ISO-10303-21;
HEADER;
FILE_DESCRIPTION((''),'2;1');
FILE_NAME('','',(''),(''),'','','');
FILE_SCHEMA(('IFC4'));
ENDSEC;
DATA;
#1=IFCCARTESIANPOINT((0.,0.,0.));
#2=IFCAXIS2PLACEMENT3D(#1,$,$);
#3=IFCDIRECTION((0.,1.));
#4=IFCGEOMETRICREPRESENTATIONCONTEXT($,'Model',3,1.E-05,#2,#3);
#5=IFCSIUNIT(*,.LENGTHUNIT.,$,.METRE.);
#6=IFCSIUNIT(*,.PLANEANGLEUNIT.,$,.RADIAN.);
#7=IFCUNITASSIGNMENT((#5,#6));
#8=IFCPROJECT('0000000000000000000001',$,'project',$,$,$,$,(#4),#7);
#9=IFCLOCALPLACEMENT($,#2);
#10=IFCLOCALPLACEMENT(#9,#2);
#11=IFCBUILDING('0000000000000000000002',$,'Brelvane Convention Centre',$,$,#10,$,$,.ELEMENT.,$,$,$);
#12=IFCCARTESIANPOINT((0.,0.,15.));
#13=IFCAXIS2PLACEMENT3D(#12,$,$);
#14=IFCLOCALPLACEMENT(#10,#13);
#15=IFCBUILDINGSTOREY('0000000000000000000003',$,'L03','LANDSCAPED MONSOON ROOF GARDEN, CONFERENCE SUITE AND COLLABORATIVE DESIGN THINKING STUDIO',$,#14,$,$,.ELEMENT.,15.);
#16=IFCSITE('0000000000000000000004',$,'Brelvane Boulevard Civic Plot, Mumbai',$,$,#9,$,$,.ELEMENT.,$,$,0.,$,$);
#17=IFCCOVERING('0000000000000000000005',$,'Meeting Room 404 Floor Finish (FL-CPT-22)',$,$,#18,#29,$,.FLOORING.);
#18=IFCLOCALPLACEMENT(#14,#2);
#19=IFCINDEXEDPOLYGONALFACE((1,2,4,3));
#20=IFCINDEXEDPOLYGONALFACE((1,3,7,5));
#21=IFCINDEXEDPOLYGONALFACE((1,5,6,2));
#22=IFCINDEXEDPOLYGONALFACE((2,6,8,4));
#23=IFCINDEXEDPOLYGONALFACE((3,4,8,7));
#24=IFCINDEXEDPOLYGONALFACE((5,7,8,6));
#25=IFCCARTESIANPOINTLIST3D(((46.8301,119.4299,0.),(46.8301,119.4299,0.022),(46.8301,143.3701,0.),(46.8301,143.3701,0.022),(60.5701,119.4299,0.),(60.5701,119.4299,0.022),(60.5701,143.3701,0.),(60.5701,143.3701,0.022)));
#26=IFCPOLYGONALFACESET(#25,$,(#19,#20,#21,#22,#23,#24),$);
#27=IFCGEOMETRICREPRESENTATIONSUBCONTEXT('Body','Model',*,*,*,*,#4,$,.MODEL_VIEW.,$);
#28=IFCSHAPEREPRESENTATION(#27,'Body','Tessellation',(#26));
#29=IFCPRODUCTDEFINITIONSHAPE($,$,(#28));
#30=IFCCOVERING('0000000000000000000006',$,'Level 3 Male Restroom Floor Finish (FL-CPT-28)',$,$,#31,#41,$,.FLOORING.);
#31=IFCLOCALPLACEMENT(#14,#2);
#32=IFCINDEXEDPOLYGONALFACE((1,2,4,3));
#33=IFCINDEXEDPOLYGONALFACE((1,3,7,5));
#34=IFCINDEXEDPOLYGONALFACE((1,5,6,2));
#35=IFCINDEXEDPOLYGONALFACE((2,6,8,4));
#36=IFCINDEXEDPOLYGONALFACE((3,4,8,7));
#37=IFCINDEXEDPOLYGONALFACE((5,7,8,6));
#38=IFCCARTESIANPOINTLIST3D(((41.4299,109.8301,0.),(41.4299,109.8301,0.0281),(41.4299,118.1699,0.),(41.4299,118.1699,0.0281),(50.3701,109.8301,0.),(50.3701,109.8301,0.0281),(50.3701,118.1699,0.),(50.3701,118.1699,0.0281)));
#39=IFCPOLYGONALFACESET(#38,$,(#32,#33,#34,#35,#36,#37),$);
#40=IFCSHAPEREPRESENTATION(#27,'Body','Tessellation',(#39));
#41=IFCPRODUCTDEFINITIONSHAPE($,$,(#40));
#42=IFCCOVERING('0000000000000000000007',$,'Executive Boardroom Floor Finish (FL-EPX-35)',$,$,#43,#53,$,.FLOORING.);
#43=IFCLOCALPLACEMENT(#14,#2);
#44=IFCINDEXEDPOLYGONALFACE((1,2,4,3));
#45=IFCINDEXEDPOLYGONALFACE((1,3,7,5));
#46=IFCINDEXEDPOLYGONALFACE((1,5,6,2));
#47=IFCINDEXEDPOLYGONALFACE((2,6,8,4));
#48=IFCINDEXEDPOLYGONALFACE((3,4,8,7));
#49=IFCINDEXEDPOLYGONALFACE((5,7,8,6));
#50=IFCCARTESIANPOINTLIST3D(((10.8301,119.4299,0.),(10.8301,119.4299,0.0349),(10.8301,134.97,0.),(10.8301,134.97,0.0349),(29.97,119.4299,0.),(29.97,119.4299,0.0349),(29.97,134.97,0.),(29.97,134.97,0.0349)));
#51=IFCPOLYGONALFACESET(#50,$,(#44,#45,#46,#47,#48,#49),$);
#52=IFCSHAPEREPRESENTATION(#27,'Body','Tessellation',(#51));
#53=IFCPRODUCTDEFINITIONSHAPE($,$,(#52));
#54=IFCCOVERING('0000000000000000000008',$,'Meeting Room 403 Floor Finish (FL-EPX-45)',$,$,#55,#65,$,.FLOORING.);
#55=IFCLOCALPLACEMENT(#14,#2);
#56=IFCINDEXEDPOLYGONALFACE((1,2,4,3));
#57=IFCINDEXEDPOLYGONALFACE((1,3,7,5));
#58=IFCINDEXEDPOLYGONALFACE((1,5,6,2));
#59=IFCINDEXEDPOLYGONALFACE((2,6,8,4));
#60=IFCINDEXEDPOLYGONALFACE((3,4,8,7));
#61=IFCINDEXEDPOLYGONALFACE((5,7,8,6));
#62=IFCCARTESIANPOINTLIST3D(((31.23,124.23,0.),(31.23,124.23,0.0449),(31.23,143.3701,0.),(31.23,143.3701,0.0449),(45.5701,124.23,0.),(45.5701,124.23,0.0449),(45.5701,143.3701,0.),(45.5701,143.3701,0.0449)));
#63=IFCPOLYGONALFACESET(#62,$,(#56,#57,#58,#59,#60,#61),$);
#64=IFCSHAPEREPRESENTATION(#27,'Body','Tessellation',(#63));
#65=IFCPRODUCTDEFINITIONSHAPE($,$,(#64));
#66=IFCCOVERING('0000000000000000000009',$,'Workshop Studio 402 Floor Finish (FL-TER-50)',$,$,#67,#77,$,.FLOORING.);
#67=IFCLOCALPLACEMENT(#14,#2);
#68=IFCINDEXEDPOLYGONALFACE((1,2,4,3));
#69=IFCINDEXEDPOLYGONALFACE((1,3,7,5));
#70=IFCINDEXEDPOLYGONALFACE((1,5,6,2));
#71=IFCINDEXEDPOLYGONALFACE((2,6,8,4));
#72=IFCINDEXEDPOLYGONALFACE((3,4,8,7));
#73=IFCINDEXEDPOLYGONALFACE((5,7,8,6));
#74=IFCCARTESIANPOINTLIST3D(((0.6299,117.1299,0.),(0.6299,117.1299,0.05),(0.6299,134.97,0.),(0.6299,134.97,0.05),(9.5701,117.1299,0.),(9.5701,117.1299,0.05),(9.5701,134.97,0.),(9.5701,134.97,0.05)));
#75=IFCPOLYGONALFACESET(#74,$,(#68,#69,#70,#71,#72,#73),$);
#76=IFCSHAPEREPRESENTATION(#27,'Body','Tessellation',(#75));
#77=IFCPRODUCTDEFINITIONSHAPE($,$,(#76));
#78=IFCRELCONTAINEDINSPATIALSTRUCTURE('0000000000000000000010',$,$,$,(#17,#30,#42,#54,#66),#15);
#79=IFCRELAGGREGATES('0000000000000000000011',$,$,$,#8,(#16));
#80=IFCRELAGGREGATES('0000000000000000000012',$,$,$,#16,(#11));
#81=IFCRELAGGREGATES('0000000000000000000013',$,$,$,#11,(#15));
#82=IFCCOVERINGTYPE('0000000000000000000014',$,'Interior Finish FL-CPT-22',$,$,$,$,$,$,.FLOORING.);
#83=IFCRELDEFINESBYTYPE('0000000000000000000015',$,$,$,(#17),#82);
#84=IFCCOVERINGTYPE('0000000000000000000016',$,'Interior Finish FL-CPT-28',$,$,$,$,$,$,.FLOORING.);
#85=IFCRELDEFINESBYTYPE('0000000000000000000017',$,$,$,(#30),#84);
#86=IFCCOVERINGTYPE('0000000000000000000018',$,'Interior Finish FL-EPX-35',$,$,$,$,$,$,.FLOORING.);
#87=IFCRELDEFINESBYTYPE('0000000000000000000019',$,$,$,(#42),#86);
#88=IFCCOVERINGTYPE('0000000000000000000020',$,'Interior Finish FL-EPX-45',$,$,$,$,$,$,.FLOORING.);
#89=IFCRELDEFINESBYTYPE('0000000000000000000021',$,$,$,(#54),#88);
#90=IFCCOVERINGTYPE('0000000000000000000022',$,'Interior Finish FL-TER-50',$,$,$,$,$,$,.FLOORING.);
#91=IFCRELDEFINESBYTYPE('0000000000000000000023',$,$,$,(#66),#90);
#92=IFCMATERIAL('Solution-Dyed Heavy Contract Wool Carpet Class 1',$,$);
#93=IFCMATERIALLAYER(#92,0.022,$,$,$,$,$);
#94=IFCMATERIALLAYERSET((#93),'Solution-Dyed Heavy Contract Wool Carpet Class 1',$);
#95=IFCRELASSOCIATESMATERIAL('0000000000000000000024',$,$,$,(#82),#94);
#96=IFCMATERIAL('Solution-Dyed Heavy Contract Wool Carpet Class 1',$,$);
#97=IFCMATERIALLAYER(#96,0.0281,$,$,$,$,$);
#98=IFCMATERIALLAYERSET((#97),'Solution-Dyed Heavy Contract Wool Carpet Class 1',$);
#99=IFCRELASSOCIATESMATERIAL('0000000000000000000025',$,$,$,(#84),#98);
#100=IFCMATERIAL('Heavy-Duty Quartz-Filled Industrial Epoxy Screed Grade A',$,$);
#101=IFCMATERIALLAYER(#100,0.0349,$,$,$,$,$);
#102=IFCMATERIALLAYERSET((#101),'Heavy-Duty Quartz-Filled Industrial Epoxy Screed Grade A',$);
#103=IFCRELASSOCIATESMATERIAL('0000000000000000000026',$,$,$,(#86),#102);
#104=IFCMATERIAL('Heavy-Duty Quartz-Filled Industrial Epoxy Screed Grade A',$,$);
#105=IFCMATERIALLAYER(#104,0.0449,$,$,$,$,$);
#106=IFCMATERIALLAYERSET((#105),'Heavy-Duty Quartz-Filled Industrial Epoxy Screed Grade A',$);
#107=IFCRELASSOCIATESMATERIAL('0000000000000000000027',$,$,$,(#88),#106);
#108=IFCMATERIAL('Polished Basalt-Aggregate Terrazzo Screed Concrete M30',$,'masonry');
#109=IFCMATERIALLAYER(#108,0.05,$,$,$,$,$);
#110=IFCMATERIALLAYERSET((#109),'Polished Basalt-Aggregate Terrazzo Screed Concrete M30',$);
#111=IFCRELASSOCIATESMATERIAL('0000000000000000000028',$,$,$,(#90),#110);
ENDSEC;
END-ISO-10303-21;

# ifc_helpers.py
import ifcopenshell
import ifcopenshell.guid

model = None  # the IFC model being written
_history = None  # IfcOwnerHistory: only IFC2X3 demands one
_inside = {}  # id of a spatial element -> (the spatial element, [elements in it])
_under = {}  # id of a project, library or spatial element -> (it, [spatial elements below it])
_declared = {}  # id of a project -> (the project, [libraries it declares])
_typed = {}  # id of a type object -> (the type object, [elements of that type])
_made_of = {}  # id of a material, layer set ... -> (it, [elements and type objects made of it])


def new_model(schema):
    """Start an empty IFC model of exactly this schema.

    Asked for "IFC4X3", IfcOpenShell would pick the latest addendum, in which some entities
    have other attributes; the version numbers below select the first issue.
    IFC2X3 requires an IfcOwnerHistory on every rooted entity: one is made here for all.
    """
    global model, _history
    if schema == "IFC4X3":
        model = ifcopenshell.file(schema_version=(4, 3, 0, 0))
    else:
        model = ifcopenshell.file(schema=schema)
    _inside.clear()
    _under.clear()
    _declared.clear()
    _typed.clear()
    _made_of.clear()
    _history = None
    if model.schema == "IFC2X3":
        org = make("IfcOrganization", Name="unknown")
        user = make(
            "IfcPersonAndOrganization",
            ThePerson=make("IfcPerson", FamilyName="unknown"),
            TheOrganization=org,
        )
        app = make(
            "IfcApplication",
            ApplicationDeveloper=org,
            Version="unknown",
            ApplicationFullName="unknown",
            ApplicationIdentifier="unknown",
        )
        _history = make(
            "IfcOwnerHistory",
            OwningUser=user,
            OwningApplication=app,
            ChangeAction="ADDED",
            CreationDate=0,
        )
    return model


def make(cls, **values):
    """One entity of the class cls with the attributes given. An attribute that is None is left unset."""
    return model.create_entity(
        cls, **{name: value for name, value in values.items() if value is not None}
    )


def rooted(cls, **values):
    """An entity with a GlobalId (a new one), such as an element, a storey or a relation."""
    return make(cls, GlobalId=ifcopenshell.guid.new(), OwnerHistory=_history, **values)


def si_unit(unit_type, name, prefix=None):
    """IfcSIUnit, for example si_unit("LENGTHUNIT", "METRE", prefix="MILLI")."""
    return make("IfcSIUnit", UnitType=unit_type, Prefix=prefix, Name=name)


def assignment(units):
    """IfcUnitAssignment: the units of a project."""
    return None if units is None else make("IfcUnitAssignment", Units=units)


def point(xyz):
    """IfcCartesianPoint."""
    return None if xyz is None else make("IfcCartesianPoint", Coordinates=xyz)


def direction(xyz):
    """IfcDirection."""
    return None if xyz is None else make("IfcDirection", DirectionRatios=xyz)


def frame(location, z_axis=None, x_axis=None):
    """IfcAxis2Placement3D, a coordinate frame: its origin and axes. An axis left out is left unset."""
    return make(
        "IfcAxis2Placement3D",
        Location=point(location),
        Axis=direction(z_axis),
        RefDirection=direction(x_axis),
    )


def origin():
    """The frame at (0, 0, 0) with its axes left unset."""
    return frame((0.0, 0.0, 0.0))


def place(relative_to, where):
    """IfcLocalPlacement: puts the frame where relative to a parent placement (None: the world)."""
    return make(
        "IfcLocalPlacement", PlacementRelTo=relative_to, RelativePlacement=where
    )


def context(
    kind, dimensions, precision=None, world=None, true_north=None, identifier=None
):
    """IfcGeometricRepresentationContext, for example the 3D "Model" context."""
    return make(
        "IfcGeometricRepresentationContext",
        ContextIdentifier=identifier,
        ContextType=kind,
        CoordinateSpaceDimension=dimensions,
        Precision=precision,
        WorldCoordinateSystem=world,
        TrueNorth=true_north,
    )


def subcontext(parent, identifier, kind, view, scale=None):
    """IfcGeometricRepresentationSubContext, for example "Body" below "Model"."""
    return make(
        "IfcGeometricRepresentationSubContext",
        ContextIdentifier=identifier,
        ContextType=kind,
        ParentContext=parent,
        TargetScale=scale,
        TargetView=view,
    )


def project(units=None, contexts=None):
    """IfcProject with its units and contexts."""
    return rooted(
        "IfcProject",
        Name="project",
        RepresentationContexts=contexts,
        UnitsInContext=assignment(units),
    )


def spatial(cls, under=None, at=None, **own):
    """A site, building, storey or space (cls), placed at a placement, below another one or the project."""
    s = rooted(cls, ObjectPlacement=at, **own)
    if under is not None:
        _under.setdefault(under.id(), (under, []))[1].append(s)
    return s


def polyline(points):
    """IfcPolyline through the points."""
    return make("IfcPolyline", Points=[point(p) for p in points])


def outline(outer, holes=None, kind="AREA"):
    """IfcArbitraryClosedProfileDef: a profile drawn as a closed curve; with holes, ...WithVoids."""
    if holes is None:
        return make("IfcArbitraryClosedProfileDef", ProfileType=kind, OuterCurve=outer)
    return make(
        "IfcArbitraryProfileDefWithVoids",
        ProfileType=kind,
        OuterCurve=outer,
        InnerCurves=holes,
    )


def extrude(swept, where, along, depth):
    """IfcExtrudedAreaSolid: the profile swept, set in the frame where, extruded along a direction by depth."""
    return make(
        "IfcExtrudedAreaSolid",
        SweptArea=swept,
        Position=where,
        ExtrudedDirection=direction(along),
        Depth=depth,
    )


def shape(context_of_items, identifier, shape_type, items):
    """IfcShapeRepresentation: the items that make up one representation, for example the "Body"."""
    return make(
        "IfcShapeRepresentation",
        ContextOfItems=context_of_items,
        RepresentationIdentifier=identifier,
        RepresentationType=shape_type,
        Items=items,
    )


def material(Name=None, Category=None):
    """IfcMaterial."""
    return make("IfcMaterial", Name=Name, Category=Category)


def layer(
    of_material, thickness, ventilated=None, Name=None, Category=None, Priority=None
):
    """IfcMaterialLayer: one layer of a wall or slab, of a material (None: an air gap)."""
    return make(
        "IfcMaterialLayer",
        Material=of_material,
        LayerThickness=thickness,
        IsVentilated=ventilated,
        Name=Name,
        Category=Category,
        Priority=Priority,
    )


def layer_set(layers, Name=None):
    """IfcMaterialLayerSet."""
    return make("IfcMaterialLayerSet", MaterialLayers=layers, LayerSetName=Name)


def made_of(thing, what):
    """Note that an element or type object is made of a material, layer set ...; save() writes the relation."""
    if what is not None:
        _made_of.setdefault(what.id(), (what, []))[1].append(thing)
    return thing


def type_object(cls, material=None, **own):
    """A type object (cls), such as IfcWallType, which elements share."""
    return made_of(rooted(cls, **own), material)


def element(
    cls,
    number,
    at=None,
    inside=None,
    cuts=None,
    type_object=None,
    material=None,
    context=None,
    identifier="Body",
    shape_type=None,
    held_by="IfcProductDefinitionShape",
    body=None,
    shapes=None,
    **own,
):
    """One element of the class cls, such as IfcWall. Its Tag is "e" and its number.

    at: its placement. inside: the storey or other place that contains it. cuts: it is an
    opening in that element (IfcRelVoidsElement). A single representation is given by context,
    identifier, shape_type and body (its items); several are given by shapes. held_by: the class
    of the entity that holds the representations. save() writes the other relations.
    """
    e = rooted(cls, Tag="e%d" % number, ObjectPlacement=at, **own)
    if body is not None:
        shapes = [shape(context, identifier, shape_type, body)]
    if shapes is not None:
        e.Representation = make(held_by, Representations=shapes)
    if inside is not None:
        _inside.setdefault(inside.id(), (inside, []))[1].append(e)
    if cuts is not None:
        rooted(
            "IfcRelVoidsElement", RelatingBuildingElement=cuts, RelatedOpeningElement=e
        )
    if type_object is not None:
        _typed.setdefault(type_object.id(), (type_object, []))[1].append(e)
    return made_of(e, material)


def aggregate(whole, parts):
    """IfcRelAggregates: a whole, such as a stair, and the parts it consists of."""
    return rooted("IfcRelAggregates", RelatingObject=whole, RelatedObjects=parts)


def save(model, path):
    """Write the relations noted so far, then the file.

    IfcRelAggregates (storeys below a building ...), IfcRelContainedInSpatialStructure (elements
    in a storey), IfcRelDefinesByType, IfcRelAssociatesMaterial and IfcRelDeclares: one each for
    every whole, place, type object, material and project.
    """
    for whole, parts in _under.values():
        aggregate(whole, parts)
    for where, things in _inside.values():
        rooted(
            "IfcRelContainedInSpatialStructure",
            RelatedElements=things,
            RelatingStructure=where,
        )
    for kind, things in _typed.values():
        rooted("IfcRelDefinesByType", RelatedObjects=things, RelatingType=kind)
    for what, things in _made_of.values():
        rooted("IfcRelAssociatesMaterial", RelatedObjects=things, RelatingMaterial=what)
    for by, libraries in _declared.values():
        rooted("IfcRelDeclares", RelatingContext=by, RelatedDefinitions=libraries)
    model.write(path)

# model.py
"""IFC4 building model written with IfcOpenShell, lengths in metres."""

from ifc_helpers import new_model, si_unit, direction, frame, origin, place, context, subcontext, project, spatial, polyline, outline, extrude, material, layer, layer_set, type_object, element, save


model = new_model("IFC4")

# Units and contexts
model_context = context("Model", 3, precision=1e-05, world=origin(), true_north=direction((0.0, 1.0)))
body_context = subcontext(model_context, "Body", "Model", "MODEL_VIEW")
ifc_project = project(units=[si_unit("LENGTHUNIT", "METRE"), si_unit("PLANEANGLEUNIT", "RADIAN")], contexts=[model_context])

# Site, building, storey
site_placement = place(None, origin())
site = spatial("IfcSite", under=ifc_project, at=site_placement, Name="Brelvane Boulevard Civic Plot, Mumbai", CompositionType="ELEMENT", RefElevation=0.0)
building_placement = place(site_placement, origin())
building = spatial("IfcBuilding", under=site, at=building_placement, Name="Brelvane Convention Centre", CompositionType="ELEMENT")
storey_placement = place(building_placement, frame((0.0, 0.0, 15.0)))
storey = spatial("IfcBuildingStorey", under=building, at=storey_placement, Name="L03", Description="LANDSCAPED MONSOON ROOF GARDEN, CONFERENCE SUITE AND COLLABORATIVE DESIGN THINKING STUDIO", CompositionType="ELEMENT", Elevation=15.0)

# Coverings
ifc_material_1 = material(Name="Solution-Dyed Heavy Contract Wool Carpet Class 1")
ifc_layer_1 = layer(ifc_material_1, 0.022)
ifc_layer_set_1 = layer_set([ifc_layer_1], Name="Solution-Dyed Heavy Contract Wool Carpet Class 1")
covering_type_1 = type_object("IfcCoveringType", Name="Interior Finish FL-CPT-22", PredefinedType="FLOORING", material=ifc_layer_set_1)
covering_1_placement = place(storey_placement, origin())
element("IfcCovering", 1, at=covering_1_placement, inside=storey, type_object=covering_type_1, Name="Meeting Room 404 Floor Finish (FL-CPT-22)", PredefinedType="FLOORING", context=body_context, shape_type="SweptSolid", body=[
    extrude(outline(polyline([(46.8301, 119.4299), (60.5701, 119.4299), (60.5701, 143.3701), (46.8301, 143.3701), (46.8301, 119.4299)])), origin(), (0.0, 0.0, 1.0), 0.022),
])
ifc_material_2 = material(Name="Solution-Dyed Heavy Contract Wool Carpet Class 1")
ifc_layer_2 = layer(ifc_material_2, 0.0281)
ifc_layer_set_2 = layer_set([ifc_layer_2], Name="Solution-Dyed Heavy Contract Wool Carpet Class 1")
covering_type_2 = type_object("IfcCoveringType", Name="Interior Finish FL-CPT-28", PredefinedType="FLOORING", material=ifc_layer_set_2)
covering_2_placement = place(storey_placement, origin())
element("IfcCovering", 2, at=covering_2_placement, inside=storey, type_object=covering_type_2, Name="Level 3 Male Restroom Floor Finish (FL-CPT-28)", PredefinedType="FLOORING", context=body_context, shape_type="SweptSolid", body=[
    extrude(outline(polyline([(41.4299, 109.8301), (50.3701, 109.8301), (50.3701, 118.1699), (41.4299, 118.1699), (41.4299, 109.8301)])), origin(), (0.0, 0.0, 1.0), 0.0281),
])
ifc_material_3 = material(Name="Heavy-Duty Quartz-Filled Industrial Epoxy Screed Grade A")
ifc_layer_3 = layer(ifc_material_3, 0.0349)
ifc_layer_set_3 = layer_set([ifc_layer_3], Name="Heavy-Duty Quartz-Filled Industrial Epoxy Screed Grade A")
covering_type_3 = type_object("IfcCoveringType", Name="Interior Finish FL-EPX-35", PredefinedType="FLOORING", material=ifc_layer_set_3)
covering_3_placement = place(storey_placement, origin())
element("IfcCovering", 3, at=covering_3_placement, inside=storey, type_object=covering_type_3, Name="Executive Boardroom Floor Finish (FL-EPX-35)", PredefinedType="FLOORING", context=body_context, shape_type="SweptSolid", body=[
    extrude(outline(polyline([(10.8301, 119.4299), (29.97, 119.4299), (29.97, 134.97), (10.8301, 134.97), (10.8301, 119.4299)])), origin(), (0.0, 0.0, 1.0), 0.0349),
])
ifc_material_4 = material(Name="Heavy-Duty Quartz-Filled Industrial Epoxy Screed Grade A")
ifc_layer_4 = layer(ifc_material_4, 0.0449)
ifc_layer_set_4 = layer_set([ifc_layer_4], Name="Heavy-Duty Quartz-Filled Industrial Epoxy Screed Grade A")
covering_type_4 = type_object("IfcCoveringType", Name="Interior Finish FL-EPX-45", PredefinedType="FLOORING", material=ifc_layer_set_4)
covering_4_placement = place(storey_placement, origin())
element("IfcCovering", 4, at=covering_4_placement, inside=storey, type_object=covering_type_4, Name="Meeting Room 403 Floor Finish (FL-EPX-45)", PredefinedType="FLOORING", context=body_context, shape_type="SweptSolid", body=[
    extrude(outline(polyline([(31.23, 124.23), (45.5701, 124.23), (45.5701, 143.3701), (31.23, 143.3701), (31.23, 124.23)])), origin(), (0.0, 0.0, 1.0), 0.0449),
])
ifc_material_5 = material(Name="Polished Basalt-Aggregate Terrazzo Screed Concrete M30", Category="masonry")
ifc_layer_5 = layer(ifc_material_5, 0.05)
ifc_layer_set_5 = layer_set([ifc_layer_5], Name="Polished Basalt-Aggregate Terrazzo Screed Concrete M30")
covering_type_5 = type_object("IfcCoveringType", Name="Interior Finish FL-TER-50", PredefinedType="FLOORING", material=ifc_layer_set_5)
covering_5_placement = place(storey_placement, origin())
element("IfcCovering", 5, at=covering_5_placement, inside=storey, type_object=covering_type_5, Name="Workshop Studio 402 Floor Finish (FL-TER-50)", PredefinedType="FLOORING", context=body_context, shape_type="SweptSolid", body=[
    extrude(outline(polyline([(0.6299, 117.1299), (9.5701, 117.1299), (9.5701, 134.97), (0.6299, 134.97), (0.6299, 117.1299)])), origin(), (0.0, 0.0, 1.0), 0.05),
])

save(model, "model.ifc")
